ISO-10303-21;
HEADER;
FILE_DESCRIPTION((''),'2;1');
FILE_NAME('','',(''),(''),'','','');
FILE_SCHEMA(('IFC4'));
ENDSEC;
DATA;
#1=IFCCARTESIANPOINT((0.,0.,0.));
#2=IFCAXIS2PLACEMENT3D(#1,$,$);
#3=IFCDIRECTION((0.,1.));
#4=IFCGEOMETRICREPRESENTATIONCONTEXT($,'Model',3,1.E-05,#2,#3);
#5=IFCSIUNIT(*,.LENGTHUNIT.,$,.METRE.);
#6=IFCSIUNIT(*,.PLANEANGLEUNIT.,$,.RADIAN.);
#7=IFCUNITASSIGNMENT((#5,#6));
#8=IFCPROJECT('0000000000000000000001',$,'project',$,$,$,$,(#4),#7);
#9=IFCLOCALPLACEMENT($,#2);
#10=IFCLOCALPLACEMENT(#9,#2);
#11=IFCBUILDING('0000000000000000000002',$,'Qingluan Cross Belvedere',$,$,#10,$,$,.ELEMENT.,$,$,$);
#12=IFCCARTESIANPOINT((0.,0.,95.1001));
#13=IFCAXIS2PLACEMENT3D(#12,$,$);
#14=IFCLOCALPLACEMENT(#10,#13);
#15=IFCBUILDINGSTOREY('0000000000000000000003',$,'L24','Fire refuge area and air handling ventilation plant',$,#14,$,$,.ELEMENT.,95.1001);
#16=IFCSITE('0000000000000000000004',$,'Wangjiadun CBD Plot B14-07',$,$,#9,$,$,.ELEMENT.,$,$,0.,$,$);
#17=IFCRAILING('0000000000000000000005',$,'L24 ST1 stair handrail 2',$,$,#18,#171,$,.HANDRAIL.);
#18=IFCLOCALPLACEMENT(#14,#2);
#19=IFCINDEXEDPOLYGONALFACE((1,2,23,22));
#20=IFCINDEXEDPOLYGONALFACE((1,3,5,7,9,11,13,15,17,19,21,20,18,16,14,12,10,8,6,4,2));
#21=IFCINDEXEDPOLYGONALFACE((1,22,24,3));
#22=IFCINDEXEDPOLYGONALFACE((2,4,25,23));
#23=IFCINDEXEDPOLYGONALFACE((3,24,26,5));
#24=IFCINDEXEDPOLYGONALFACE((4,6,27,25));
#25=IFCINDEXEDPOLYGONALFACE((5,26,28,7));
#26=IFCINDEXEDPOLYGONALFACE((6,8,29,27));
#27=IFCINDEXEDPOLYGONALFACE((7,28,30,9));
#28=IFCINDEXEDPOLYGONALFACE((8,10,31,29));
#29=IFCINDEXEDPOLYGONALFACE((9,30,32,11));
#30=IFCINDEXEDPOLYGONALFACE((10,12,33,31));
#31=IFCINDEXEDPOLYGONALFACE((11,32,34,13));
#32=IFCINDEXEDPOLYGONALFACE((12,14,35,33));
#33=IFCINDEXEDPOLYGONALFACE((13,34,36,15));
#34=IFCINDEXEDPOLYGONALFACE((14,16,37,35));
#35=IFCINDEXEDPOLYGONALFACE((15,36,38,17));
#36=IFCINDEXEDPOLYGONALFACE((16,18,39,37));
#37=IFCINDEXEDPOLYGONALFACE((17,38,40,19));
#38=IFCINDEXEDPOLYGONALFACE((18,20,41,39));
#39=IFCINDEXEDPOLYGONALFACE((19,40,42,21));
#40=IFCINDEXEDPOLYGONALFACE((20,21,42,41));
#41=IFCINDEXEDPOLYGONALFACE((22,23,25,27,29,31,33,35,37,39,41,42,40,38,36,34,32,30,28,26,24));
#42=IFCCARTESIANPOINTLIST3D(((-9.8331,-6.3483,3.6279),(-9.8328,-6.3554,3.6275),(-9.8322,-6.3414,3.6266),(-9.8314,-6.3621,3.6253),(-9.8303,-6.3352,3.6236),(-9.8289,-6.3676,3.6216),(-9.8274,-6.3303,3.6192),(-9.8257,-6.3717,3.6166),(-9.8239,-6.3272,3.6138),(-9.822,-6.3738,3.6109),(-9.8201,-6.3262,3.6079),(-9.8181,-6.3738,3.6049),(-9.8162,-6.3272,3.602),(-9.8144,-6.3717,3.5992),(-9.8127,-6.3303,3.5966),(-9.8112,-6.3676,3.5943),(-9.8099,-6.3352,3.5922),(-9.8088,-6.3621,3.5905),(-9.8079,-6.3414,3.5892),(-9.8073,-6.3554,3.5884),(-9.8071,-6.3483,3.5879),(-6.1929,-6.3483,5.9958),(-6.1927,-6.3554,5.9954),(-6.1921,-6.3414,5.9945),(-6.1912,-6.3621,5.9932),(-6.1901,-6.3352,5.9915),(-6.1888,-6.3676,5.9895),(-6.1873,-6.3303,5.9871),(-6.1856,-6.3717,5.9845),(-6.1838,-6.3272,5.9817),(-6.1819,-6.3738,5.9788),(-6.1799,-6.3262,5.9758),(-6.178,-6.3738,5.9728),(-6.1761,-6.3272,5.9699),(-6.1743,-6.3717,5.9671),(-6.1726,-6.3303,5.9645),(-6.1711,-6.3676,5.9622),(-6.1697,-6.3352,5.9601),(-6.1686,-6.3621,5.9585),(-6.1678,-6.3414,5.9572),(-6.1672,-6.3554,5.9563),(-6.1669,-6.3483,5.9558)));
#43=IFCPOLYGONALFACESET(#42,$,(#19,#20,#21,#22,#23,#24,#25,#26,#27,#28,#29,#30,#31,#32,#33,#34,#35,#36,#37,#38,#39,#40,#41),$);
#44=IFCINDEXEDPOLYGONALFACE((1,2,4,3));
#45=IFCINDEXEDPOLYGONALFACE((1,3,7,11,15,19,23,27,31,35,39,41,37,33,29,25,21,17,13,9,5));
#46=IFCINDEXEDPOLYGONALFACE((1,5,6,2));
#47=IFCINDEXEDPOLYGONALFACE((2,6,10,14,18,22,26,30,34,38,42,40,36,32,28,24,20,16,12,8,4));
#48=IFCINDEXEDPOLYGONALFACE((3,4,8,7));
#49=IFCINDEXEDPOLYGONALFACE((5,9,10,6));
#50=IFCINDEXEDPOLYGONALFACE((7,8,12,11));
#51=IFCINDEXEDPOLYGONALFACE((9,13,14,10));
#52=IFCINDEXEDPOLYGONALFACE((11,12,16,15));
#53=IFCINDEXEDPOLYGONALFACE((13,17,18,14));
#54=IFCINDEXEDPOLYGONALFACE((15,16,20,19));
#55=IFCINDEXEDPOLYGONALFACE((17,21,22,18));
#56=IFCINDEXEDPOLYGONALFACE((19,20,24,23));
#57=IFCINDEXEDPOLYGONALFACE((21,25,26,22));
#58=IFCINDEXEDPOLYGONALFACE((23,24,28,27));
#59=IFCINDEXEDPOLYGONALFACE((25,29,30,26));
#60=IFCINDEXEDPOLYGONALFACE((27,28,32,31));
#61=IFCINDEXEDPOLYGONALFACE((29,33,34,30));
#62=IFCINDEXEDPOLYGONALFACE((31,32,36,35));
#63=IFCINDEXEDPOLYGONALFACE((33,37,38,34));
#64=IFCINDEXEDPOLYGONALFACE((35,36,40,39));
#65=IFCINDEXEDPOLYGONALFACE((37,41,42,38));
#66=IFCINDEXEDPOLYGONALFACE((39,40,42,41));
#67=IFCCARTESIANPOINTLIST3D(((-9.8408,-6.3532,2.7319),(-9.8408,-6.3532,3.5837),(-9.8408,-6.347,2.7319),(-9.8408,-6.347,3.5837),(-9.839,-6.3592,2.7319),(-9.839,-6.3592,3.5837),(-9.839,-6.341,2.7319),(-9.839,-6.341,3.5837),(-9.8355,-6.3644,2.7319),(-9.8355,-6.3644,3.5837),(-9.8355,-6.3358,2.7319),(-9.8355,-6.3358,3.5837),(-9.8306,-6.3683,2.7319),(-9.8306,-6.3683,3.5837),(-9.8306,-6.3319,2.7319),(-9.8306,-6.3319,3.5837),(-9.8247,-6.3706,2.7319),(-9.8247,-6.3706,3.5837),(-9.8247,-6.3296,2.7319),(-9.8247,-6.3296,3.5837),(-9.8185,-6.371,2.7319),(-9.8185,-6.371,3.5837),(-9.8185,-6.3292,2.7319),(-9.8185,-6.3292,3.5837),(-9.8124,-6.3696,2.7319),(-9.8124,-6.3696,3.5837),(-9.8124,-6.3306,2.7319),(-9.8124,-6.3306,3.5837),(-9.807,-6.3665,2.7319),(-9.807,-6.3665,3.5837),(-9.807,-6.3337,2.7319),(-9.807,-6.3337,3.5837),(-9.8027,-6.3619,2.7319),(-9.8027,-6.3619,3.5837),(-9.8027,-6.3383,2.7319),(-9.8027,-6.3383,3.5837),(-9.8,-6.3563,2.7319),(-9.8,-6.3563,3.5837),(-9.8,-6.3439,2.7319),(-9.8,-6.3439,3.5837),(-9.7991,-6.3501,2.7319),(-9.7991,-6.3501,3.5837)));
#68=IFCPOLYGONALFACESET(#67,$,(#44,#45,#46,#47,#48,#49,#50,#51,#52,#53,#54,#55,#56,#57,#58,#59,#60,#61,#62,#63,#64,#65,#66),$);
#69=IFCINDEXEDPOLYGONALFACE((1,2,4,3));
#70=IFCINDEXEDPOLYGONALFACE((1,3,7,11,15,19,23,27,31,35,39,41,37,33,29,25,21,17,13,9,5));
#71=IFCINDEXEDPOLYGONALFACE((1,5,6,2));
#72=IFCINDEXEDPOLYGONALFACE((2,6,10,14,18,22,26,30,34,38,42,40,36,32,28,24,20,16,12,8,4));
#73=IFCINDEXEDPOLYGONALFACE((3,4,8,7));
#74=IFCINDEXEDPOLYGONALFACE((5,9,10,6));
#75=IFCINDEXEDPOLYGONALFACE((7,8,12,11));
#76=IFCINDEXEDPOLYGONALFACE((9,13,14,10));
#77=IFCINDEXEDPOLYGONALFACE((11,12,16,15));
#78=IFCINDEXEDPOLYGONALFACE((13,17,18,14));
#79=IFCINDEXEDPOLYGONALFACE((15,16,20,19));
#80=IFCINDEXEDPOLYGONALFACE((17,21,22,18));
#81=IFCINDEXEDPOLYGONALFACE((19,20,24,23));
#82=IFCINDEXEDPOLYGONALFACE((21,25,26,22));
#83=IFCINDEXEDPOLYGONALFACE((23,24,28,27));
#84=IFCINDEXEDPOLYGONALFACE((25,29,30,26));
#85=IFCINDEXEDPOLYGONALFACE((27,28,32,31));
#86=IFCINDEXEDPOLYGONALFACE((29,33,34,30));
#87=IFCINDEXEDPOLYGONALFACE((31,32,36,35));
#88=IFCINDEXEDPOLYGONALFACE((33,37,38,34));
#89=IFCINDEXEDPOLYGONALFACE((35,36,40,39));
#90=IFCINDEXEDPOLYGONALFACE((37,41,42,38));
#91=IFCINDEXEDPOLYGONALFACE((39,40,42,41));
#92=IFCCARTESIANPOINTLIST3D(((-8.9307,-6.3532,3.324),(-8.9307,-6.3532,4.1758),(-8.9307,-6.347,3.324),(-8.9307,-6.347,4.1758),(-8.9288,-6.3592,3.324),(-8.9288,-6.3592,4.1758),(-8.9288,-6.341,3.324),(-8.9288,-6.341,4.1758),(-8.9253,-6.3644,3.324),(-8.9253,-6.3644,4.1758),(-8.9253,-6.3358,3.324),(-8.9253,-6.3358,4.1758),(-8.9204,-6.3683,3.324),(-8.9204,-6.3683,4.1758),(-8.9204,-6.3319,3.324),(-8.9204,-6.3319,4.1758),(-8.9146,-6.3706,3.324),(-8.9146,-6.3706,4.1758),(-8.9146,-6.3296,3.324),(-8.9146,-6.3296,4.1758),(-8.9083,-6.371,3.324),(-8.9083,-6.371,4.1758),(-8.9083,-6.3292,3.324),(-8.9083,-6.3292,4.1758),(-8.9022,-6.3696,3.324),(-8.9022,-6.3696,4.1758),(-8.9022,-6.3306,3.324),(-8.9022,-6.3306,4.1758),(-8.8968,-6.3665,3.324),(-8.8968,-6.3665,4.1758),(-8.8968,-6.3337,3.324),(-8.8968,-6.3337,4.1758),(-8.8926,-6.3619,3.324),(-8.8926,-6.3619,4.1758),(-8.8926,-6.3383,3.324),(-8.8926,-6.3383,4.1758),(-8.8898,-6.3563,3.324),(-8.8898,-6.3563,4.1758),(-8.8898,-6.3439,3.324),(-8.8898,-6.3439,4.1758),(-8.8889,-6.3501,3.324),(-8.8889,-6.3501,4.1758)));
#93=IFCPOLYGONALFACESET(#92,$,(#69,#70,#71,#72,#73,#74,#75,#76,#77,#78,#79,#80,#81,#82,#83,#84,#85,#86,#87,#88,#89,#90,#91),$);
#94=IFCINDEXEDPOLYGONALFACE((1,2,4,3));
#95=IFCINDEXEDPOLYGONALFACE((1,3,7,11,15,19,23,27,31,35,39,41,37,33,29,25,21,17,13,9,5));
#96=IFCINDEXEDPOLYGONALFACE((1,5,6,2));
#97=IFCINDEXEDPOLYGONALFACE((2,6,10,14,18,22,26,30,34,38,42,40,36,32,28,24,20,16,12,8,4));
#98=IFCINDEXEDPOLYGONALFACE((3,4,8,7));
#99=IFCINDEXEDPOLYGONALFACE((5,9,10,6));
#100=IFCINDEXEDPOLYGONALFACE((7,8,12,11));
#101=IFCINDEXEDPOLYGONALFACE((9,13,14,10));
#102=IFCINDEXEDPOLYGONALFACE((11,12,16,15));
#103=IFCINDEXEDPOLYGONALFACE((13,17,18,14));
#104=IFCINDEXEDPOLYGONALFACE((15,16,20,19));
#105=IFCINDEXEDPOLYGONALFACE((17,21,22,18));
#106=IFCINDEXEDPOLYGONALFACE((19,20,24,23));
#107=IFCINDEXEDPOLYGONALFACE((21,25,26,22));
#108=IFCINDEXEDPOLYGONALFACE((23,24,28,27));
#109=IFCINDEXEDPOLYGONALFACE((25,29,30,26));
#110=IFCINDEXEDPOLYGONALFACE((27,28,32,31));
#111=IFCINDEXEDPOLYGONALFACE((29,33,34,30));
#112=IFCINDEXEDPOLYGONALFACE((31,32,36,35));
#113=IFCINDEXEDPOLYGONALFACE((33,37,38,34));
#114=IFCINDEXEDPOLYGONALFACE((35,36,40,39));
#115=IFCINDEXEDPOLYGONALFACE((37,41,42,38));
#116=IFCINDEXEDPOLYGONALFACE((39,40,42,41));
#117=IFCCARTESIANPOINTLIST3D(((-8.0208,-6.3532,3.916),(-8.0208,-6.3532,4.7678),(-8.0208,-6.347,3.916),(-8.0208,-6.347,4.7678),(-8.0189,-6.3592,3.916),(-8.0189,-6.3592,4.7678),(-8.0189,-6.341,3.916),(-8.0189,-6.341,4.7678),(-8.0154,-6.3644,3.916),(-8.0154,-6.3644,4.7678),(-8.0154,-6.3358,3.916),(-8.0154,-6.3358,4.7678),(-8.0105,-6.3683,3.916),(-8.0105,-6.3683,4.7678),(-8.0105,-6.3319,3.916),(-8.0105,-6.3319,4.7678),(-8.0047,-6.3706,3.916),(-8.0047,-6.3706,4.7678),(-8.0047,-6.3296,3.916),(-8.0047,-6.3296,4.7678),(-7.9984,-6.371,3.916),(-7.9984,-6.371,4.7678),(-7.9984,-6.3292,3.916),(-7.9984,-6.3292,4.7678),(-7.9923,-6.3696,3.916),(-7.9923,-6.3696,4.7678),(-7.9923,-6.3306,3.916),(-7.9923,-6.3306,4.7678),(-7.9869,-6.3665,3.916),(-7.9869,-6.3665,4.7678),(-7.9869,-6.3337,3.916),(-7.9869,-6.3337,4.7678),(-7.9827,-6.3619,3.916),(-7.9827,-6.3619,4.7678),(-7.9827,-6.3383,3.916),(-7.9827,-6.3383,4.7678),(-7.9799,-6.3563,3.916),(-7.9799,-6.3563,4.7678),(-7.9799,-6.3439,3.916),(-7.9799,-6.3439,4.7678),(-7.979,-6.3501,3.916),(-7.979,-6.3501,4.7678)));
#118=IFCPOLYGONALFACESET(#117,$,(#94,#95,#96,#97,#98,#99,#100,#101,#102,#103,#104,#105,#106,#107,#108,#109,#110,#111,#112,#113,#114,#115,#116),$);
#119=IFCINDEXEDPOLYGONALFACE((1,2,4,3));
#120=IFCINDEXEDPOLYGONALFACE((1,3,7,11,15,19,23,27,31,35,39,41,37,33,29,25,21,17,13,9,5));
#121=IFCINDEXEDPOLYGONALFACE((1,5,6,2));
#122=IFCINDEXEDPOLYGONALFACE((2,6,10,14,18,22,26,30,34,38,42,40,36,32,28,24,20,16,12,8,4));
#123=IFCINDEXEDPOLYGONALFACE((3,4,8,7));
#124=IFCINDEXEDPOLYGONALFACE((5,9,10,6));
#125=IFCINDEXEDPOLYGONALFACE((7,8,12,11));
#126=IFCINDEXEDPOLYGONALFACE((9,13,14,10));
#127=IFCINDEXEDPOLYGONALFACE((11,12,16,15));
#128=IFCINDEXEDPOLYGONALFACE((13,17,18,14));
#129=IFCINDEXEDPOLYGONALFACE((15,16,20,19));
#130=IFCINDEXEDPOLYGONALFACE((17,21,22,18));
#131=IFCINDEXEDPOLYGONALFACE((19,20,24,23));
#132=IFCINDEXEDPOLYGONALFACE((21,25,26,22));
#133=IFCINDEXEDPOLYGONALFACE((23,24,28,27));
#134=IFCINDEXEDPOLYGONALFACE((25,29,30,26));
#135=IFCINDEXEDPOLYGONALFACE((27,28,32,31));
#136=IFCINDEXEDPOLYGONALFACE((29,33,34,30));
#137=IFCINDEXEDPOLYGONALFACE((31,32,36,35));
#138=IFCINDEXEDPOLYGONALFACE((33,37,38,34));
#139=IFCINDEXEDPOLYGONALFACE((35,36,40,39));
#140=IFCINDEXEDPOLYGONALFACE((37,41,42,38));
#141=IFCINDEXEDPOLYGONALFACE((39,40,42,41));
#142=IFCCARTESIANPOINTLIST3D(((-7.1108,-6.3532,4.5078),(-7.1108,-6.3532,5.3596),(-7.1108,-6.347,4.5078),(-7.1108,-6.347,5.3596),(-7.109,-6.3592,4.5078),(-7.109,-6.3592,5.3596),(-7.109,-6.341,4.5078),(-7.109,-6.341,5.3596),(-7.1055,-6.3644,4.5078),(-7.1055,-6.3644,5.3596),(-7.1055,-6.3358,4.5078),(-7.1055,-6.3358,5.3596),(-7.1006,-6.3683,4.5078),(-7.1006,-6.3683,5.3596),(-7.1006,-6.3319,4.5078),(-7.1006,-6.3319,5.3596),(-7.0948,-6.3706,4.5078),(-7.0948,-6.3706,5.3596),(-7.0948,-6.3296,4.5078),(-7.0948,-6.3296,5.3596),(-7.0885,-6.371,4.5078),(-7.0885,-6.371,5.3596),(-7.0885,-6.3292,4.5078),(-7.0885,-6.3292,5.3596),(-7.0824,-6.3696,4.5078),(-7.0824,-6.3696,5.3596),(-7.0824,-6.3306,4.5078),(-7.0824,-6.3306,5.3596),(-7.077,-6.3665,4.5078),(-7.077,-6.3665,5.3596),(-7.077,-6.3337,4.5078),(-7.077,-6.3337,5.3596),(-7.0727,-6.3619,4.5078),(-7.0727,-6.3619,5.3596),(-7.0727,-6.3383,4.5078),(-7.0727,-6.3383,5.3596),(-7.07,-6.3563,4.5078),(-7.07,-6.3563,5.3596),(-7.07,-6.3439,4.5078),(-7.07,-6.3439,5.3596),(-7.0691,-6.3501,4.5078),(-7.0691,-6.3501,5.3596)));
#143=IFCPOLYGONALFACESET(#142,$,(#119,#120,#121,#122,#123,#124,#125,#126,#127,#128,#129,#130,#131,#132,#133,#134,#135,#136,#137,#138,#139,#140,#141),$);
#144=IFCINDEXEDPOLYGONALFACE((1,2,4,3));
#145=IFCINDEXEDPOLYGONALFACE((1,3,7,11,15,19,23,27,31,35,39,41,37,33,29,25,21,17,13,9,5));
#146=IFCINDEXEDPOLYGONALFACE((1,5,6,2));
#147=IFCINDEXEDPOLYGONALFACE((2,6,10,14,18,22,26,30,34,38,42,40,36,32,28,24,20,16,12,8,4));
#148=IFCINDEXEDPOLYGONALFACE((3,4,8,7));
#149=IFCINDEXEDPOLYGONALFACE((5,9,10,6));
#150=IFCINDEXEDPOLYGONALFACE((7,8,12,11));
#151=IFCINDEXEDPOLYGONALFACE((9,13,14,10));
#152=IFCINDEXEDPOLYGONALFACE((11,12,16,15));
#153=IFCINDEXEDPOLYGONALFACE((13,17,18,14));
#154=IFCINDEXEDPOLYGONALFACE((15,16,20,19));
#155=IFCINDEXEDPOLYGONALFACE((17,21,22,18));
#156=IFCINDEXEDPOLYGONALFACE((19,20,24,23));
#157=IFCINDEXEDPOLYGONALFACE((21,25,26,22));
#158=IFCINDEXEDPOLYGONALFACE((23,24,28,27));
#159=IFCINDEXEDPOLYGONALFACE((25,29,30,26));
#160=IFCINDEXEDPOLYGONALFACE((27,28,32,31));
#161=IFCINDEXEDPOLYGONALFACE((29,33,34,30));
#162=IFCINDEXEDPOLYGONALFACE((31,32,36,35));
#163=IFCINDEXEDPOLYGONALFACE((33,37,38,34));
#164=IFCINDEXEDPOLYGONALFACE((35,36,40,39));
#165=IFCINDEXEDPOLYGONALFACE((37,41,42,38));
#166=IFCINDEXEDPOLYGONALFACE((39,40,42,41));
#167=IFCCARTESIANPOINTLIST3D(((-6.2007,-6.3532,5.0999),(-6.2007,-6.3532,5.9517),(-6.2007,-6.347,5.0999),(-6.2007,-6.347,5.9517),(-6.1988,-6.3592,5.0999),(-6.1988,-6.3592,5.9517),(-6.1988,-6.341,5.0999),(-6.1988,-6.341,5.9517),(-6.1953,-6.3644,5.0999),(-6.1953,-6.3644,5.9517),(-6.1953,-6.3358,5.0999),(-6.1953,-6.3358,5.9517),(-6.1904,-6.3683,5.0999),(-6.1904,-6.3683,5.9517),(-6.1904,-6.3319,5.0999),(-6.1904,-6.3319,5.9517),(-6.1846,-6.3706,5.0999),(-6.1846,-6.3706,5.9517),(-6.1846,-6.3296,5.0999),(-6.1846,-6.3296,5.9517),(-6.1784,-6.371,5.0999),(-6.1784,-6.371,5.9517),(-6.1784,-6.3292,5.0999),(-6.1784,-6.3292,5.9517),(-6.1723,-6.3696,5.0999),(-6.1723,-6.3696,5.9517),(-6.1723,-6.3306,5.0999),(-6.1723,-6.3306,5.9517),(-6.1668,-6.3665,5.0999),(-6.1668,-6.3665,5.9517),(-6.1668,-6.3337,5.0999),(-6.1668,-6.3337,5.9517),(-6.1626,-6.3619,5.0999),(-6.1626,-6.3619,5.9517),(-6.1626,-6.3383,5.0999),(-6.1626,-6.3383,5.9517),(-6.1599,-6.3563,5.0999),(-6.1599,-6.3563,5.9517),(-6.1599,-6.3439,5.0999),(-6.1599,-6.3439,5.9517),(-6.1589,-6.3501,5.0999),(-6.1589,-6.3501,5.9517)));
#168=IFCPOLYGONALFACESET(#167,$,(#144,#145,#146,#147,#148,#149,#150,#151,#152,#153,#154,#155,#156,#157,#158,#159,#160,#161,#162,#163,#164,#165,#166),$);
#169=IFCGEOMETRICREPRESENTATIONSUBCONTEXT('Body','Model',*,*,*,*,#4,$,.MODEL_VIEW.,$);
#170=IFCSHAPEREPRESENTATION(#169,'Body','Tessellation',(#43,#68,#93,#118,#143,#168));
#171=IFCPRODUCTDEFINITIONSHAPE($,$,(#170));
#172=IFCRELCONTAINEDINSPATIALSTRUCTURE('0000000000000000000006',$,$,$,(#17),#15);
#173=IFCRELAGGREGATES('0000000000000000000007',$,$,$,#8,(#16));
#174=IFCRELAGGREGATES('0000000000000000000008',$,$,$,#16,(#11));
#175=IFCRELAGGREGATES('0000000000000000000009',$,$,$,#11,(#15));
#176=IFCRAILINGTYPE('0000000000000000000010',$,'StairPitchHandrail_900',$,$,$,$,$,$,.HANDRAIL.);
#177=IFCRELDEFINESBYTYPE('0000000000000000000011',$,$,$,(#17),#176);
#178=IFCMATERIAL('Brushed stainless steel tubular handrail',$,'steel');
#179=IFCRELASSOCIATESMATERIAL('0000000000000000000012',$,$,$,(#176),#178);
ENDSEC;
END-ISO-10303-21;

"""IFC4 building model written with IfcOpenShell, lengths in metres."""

from ifc_helpers import new_model, si_unit, direction, frame, origin, origin_2d, place, context, subcontext, project, spatial, circle, extrude, material, type_object, element, save


model = new_model("IFC4")

# Units and contexts
model_context = context("Model", 3, precision=1e-05, world=origin(), true_north=direction((0.0, 1.0)))
body_context = subcontext(model_context, "Body", "Model", "MODEL_VIEW")
ifc_project = project(units=[si_unit("LENGTHUNIT", "METRE"), si_unit("PLANEANGLEUNIT", "RADIAN")], contexts=[model_context])

# Site, building, storey
site_placement = place(None, origin())
site = spatial("IfcSite", under=ifc_project, at=site_placement, Name="Wangjiadun CBD Plot B14-07", CompositionType="ELEMENT", RefElevation=0.0)
building_placement = place(site_placement, origin())
building = spatial("IfcBuilding", under=site, at=building_placement, Name="Qingluan Cross Belvedere", CompositionType="ELEMENT")
storey_placement = place(building_placement, frame((0.0, 0.0, 95.1001)))
storey = spatial("IfcBuildingStorey", under=building, at=storey_placement, Name="L24", Description="Fire refuge area and air handling ventilation plant", CompositionType="ELEMENT", Elevation=95.1001)

# Railing
ifc_material_1 = material(Name="Brushed stainless steel tubular handrail", Category="steel")
railing_type_1 = type_object("IfcRailingType", Name="StairPitchHandrail_900", PredefinedType="HANDRAIL", material=ifc_material_1)
railing_1_placement = place(storey_placement, frame((-9.8201, -6.3501, 2.7319)))
element("IfcRailing", 1, at=railing_1_placement, inside=storey, type_object=railing_type_1, Name="L24 ST1 stair handrail 2", PredefinedType="HANDRAIL", context=body_context, shape_type="SweptSolid", body=[
    extrude(circle(Radius=0.0239, at=origin_2d()), frame((0.0, 0.0, 0.876), z_axis=(0.838251, 0.0, 0.545285), x_axis=(0.0, 1.0, 0.0)), (0.0, 0.0, 1.0), 4.3425),
    extrude(circle(Radius=0.021, at=origin_2d()), origin(), (0.0, 0.0, 1.0), 0.8518),
    extrude(circle(Radius=0.021, at=origin_2d()), frame((0.9102, 0.0, 0.592)), (0.0, 0.0, 1.0), 0.8518),
    extrude(circle(Radius=0.021, at=origin_2d()), frame((1.8201, 0.0, 1.1841)), (0.0, 0.0, 1.0), 0.8518),
    extrude(circle(Radius=0.021, at=origin_2d()), frame((2.73, 0.0, 1.7759)), (0.0, 0.0, 1.0), 0.8518),
    extrude(circle(Radius=0.021, at=origin_2d()), frame((3.6401, 0.0, 2.3679)), (0.0, 0.0, 1.0), 0.8518),
])

save(model, "model.ifc")
